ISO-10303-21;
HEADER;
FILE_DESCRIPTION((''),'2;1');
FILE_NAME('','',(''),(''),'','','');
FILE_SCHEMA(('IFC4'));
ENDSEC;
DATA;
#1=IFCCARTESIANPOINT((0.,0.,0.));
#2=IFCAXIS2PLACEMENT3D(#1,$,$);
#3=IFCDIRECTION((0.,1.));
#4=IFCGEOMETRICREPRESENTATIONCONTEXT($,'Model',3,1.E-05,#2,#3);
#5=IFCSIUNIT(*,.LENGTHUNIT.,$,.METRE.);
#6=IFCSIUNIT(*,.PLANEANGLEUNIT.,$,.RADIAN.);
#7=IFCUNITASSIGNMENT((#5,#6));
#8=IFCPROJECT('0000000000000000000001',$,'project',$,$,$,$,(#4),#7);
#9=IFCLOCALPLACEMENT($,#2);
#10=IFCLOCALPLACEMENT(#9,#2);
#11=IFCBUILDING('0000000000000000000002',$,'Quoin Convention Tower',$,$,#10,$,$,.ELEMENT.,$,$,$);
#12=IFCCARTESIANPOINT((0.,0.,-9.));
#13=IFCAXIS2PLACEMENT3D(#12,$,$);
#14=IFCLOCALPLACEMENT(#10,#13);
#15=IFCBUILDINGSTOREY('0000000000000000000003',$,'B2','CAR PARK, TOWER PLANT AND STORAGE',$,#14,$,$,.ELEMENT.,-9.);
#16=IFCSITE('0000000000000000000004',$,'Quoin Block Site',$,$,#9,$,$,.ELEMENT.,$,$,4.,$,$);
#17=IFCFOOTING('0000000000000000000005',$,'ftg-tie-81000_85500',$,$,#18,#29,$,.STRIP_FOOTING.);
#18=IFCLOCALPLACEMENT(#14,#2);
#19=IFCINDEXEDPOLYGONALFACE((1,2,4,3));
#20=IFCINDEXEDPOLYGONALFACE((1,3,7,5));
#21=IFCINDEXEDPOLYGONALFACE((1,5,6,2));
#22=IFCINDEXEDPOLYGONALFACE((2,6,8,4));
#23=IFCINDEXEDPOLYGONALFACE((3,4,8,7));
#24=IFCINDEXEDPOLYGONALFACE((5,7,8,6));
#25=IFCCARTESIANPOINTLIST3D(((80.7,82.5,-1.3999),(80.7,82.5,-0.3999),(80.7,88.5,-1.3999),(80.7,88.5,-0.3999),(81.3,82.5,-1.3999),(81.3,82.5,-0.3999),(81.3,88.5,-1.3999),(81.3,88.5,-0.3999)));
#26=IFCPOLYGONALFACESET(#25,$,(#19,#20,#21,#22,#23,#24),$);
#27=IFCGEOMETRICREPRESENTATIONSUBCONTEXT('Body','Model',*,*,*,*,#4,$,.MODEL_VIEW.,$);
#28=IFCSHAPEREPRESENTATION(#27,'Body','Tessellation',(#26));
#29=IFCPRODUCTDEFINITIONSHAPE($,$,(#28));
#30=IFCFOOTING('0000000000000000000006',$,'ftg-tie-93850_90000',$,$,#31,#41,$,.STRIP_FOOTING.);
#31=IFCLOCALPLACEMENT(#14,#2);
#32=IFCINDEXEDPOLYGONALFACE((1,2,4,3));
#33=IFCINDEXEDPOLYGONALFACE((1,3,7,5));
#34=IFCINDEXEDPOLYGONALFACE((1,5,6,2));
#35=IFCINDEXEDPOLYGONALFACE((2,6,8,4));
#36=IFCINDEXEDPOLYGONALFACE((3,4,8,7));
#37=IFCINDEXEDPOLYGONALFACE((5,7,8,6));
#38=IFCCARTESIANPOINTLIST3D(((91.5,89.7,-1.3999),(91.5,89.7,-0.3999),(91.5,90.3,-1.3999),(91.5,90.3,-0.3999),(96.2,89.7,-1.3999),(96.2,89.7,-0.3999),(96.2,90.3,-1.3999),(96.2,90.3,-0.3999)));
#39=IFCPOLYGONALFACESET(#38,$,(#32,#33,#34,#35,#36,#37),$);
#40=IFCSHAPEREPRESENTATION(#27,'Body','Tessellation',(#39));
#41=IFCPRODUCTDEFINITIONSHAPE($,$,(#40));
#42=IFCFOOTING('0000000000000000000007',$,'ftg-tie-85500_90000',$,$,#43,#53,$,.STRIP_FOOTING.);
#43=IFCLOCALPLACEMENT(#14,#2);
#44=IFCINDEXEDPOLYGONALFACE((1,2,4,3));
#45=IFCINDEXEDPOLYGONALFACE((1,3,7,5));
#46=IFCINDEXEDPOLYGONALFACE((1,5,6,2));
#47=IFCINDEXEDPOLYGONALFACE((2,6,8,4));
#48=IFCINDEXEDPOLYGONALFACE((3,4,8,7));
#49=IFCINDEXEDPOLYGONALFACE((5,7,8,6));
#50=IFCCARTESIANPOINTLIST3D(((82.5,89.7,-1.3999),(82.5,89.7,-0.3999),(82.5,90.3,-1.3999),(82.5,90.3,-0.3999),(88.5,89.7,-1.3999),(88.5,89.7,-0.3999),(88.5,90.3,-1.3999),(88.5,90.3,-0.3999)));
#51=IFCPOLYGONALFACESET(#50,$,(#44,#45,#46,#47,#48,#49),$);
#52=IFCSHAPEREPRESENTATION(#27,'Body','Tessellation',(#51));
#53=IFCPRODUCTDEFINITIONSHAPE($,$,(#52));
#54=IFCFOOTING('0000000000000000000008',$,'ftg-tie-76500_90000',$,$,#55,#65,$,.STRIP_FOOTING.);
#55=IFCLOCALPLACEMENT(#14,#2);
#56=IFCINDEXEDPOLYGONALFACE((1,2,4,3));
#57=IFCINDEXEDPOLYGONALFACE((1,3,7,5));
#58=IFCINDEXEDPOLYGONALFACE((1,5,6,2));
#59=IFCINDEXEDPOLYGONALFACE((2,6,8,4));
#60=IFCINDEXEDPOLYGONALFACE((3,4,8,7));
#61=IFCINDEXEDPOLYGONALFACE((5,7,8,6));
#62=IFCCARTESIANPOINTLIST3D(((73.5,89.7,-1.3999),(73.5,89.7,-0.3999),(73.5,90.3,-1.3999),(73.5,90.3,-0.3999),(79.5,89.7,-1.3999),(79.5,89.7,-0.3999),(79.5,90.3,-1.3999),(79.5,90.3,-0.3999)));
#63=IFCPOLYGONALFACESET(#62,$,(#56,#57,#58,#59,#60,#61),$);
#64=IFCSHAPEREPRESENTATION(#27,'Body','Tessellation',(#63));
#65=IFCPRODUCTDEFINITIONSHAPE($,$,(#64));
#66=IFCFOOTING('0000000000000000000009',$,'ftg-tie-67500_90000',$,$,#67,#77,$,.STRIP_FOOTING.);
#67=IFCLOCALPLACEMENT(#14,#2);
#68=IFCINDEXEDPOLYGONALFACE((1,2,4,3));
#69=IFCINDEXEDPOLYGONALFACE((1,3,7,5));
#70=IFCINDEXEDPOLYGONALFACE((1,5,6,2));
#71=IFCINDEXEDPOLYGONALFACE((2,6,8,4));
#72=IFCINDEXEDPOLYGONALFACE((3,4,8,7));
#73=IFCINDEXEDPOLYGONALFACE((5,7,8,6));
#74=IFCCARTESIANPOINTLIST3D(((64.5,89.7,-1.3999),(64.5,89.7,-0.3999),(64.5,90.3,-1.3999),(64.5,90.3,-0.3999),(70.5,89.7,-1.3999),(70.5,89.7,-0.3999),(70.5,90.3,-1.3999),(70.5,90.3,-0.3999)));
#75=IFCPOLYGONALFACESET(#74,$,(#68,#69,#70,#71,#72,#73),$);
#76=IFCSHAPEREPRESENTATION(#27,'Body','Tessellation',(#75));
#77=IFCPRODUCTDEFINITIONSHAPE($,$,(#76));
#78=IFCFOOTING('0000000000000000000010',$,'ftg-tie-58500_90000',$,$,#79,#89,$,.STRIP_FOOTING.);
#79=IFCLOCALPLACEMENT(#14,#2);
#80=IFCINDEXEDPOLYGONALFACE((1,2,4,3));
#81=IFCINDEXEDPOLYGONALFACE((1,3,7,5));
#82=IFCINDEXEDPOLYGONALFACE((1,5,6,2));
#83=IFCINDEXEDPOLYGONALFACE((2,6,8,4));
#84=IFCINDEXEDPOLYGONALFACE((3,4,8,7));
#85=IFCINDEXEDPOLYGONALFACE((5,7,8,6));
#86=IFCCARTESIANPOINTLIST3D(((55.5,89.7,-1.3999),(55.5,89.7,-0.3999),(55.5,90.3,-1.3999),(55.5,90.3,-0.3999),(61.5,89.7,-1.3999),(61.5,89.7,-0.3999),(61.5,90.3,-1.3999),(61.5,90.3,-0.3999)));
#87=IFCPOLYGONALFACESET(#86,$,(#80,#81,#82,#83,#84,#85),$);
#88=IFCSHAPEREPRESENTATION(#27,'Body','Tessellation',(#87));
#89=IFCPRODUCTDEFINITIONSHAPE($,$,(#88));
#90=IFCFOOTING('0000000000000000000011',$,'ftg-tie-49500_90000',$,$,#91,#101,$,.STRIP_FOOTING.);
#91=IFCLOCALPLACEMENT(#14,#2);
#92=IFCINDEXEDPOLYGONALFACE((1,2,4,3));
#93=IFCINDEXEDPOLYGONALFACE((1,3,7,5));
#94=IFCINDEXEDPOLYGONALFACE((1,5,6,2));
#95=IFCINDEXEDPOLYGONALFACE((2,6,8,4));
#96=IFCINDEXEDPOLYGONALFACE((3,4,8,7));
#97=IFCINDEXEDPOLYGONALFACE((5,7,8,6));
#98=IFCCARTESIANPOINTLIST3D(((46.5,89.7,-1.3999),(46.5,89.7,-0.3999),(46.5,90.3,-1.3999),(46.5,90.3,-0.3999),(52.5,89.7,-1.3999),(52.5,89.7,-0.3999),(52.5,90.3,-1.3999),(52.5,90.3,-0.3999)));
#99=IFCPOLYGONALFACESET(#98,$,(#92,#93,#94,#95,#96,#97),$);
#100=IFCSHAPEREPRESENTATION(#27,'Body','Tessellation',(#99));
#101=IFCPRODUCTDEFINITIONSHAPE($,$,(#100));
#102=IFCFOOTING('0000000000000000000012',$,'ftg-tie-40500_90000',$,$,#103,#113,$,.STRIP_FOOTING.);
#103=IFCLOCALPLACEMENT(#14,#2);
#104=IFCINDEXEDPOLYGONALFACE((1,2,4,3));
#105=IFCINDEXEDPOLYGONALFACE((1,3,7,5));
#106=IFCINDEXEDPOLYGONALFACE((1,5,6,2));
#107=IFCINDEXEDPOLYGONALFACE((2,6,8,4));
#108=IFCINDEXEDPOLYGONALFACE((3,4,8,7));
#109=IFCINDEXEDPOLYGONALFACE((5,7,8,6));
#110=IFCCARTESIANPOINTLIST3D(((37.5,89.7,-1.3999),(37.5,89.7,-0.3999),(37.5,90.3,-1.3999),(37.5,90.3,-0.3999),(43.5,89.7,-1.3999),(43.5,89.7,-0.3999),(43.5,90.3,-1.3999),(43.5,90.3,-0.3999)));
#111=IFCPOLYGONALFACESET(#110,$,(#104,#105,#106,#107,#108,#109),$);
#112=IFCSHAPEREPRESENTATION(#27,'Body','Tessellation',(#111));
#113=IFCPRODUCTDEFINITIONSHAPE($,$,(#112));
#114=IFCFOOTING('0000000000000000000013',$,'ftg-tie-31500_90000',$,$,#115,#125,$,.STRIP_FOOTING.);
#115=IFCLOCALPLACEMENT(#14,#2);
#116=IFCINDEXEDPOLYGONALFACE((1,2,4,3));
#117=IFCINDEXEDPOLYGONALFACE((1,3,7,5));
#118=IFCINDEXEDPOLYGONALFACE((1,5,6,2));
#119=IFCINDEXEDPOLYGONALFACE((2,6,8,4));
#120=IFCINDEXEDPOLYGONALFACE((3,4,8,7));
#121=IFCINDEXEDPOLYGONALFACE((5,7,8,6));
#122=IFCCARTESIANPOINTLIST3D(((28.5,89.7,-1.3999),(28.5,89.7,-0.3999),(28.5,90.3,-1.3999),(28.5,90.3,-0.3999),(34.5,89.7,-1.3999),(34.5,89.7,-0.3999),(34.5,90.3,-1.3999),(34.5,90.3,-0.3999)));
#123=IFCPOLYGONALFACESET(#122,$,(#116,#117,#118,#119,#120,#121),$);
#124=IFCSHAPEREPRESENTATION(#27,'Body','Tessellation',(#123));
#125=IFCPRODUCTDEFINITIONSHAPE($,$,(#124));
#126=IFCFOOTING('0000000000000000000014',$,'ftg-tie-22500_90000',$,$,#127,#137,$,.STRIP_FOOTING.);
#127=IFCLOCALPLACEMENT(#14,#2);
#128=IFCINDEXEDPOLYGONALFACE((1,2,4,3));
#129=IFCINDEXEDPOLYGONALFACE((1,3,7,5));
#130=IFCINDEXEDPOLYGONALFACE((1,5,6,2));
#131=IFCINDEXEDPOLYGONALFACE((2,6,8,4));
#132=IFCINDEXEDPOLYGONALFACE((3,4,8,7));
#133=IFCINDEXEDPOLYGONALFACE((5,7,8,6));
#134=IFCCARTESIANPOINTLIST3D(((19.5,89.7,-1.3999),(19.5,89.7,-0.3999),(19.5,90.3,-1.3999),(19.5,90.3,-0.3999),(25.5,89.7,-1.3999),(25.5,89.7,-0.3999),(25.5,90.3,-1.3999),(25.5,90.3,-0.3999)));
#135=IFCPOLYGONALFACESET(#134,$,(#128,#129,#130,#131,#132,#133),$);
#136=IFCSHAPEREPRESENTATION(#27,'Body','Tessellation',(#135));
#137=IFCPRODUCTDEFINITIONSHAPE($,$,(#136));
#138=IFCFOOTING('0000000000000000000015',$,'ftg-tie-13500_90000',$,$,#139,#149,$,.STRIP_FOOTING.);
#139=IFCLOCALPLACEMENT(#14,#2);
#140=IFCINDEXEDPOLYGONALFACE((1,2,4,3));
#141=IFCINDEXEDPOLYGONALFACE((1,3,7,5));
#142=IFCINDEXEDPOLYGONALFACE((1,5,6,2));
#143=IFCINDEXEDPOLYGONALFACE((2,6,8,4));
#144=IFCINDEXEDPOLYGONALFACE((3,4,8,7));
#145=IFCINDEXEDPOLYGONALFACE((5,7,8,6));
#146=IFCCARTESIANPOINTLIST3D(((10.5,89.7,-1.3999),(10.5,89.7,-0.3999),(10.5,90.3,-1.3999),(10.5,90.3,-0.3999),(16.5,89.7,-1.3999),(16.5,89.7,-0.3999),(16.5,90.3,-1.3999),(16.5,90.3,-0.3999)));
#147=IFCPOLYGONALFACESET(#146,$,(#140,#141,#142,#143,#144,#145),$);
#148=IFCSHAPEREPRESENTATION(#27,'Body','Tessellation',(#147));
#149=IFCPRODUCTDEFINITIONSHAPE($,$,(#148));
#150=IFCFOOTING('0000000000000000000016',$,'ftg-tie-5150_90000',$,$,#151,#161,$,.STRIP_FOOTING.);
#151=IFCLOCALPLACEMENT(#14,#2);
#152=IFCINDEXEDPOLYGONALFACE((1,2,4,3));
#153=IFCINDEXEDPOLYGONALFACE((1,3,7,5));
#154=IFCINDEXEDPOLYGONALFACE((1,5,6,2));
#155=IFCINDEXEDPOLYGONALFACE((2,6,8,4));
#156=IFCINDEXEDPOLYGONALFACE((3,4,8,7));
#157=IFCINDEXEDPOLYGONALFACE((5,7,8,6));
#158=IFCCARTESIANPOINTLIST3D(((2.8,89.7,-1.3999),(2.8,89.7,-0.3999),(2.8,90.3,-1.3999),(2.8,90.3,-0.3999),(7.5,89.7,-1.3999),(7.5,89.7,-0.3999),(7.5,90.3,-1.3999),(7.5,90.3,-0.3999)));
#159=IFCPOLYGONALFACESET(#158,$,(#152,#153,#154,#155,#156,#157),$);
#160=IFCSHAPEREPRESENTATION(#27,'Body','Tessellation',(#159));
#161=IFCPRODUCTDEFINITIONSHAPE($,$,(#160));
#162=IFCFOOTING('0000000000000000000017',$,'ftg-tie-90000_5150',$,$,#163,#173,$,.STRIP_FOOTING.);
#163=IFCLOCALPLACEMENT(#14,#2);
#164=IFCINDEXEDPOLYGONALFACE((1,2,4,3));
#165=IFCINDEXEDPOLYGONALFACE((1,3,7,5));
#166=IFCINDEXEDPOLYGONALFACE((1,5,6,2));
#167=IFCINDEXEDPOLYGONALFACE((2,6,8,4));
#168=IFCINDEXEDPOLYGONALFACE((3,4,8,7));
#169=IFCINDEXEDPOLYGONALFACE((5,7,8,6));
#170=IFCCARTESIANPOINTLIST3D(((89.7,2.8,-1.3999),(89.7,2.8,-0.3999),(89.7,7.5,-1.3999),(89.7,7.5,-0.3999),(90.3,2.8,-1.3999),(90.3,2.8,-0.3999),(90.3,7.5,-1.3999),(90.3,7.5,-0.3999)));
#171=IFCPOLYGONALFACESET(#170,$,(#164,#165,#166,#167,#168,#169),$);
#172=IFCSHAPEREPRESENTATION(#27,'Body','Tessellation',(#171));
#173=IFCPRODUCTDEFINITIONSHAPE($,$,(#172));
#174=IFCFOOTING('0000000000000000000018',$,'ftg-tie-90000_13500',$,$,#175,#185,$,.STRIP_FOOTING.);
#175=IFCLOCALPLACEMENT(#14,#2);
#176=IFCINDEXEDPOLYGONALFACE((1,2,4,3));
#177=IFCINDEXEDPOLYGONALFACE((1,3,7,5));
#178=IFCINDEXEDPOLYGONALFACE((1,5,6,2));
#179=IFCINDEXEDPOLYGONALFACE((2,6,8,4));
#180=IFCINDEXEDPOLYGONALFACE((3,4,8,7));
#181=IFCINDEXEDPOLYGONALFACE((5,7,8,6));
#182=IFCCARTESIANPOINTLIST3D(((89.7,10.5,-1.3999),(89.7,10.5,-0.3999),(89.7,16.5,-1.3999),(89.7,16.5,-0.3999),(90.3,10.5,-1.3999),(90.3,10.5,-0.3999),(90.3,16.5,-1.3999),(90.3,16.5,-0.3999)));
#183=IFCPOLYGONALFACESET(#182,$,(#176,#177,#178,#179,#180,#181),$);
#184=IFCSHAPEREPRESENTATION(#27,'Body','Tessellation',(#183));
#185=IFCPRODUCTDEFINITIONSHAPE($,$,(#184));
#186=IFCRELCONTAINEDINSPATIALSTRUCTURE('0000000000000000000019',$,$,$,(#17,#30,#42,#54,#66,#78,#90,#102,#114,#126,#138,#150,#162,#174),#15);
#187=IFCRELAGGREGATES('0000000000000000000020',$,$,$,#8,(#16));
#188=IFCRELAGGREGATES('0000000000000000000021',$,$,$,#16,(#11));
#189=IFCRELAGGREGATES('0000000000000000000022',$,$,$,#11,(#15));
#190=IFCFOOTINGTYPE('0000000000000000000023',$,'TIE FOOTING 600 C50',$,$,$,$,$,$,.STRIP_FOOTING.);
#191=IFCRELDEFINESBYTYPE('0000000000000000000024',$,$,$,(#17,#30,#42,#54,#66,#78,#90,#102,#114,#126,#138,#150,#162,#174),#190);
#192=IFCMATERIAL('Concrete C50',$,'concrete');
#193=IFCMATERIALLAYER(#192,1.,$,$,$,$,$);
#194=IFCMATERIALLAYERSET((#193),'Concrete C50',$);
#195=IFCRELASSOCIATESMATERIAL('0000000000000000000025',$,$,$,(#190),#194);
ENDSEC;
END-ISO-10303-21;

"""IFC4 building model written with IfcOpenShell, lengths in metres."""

from ifc_helpers import new_model, si_unit, direction, frame, origin, place, context, subcontext, project, spatial, polyline, outline, extrude, material, layer, layer_set, type_object, element, save


model = new_model("IFC4")

# Units and contexts
model_context = context("Model", 3, precision=1e-05, world=origin(), true_north=direction((0.0, 1.0)))
body_context = subcontext(model_context, "Body", "Model", "MODEL_VIEW")
ifc_project = project(units=[si_unit("LENGTHUNIT", "METRE"), si_unit("PLANEANGLEUNIT", "RADIAN")], contexts=[model_context])

# Site, building, storey
site_placement = place(None, origin())
site = spatial("IfcSite", under=ifc_project, at=site_placement, Name="Quoin Block Site", CompositionType="ELEMENT", RefElevation=4.0)
building_placement = place(site_placement, origin())
building = spatial("IfcBuilding", under=site, at=building_placement, Name="Quoin Convention Tower", CompositionType="ELEMENT")
storey_placement = place(building_placement, frame((0.0, 0.0, -9.0)))
storey = spatial("IfcBuildingStorey", under=building, at=storey_placement, Name="B2", Description="CAR PARK, TOWER PLANT AND STORAGE", CompositionType="ELEMENT", Elevation=-9.0)

# Footings
ifc_material = material(Name="Concrete C50", Category="concrete")
ifc_layer = layer(ifc_material, 1.0)
ifc_layer_set = layer_set([ifc_layer], Name="Concrete C50")
footing_type = type_object("IfcFootingType", Name="TIE FOOTING 600 C50", PredefinedType="STRIP_FOOTING", material=ifc_layer_set)
footing_1_placement = place(storey_placement, frame((0.0, 0.0, -1.3999)))
element("IfcFooting", 1, at=footing_1_placement, inside=storey, type_object=footing_type, Name="ftg-tie-81000_85500", PredefinedType="STRIP_FOOTING", context=body_context, shape_type="SweptSolid", body=[
    extrude(outline(polyline([(81.3, 82.5), (80.7, 82.5), (80.7, 88.5), (81.3, 88.5), (81.3, 82.5)])), origin(), (0.0, 0.0, 1.0), 1.0),
])
footing_2_placement = place(storey_placement, frame((0.0, 0.0, -1.3999)))
element("IfcFooting", 2, at=footing_2_placement, inside=storey, type_object=footing_type, Name="ftg-tie-93850_90000", PredefinedType="STRIP_FOOTING", context=body_context, shape_type="SweptSolid", body=[
    extrude(outline(polyline([(96.2, 89.7), (91.5, 89.7), (91.5, 90.3), (96.2, 90.3), (96.2, 89.7)])), origin(), (0.0, 0.0, 1.0), 1.0),
])
footing_3_placement = place(storey_placement, frame((0.0, 0.0, -1.3999)))
element("IfcFooting", 3, at=footing_3_placement, inside=storey, type_object=footing_type, Name="ftg-tie-85500_90000", PredefinedType="STRIP_FOOTING", context=body_context, shape_type="SweptSolid", body=[
    extrude(outline(polyline([(88.5, 89.7), (82.5, 89.7), (82.5, 90.3), (88.5, 90.3), (88.5, 89.7)])), origin(), (0.0, 0.0, 1.0), 1.0),
])
footing_4_placement = place(storey_placement, frame((0.0, 0.0, -1.3999)))
element("IfcFooting", 4, at=footing_4_placement, inside=storey, type_object=footing_type, Name="ftg-tie-76500_90000", PredefinedType="STRIP_FOOTING", context=body_context, shape_type="SweptSolid", body=[
    extrude(outline(polyline([(79.5, 89.7), (73.5, 89.7), (73.5, 90.3), (79.5, 90.3), (79.5, 89.7)])), origin(), (0.0, 0.0, 1.0), 1.0),
])
footing_5_placement = place(storey_placement, frame((0.0, 0.0, -1.3999)))
element("IfcFooting", 5, at=footing_5_placement, inside=storey, type_object=footing_type, Name="ftg-tie-67500_90000", PredefinedType="STRIP_FOOTING", context=body_context, shape_type="SweptSolid", body=[
    extrude(outline(polyline([(70.5, 89.7), (64.5, 89.7), (64.5, 90.3), (70.5, 90.3), (70.5, 89.7)])), origin(), (0.0, 0.0, 1.0), 1.0),
])
footing_6_placement = place(storey_placement, frame((0.0, 0.0, -1.3999)))
element("IfcFooting", 6, at=footing_6_placement, inside=storey, type_object=footing_type, Name="ftg-tie-58500_90000", PredefinedType="STRIP_FOOTING", context=body_context, shape_type="SweptSolid", body=[
    extrude(outline(polyline([(61.5, 89.7), (55.5, 89.7), (55.5, 90.3), (61.5, 90.3), (61.5, 89.7)])), origin(), (0.0, 0.0, 1.0), 1.0),
])
footing_7_placement = place(storey_placement, frame((0.0, 0.0, -1.3999)))
element("IfcFooting", 7, at=footing_7_placement, inside=storey, type_object=footing_type, Name="ftg-tie-49500_90000", PredefinedType="STRIP_FOOTING", context=body_context, shape_type="SweptSolid", body=[
    extrude(outline(polyline([(52.5, 89.7), (46.5, 89.7), (46.5, 90.3), (52.5, 90.3), (52.5, 89.7)])), origin(), (0.0, 0.0, 1.0), 1.0),
])
footing_8_placement = place(storey_placement, frame((0.0, 0.0, -1.3999)))
element("IfcFooting", 8, at=footing_8_placement, inside=storey, type_object=footing_type, Name="ftg-tie-40500_90000", PredefinedType="STRIP_FOOTING", context=body_context, shape_type="SweptSolid", body=[
    extrude(outline(polyline([(43.5, 89.7), (37.5, 89.7), (37.5, 90.3), (43.5, 90.3), (43.5, 89.7)])), origin(), (0.0, 0.0, 1.0), 1.0),
])
footing_9_placement = place(storey_placement, frame((0.0, 0.0, -1.3999)))
element("IfcFooting", 9, at=footing_9_placement, inside=storey, type_object=footing_type, Name="ftg-tie-31500_90000", PredefinedType="STRIP_FOOTING", context=body_context, shape_type="SweptSolid", body=[
    extrude(outline(polyline([(34.5, 89.7), (28.5, 89.7), (28.5, 90.3), (34.5, 90.3), (34.5, 89.7)])), origin(), (0.0, 0.0, 1.0), 1.0),
])
footing_10_placement = place(storey_placement, frame((0.0, 0.0, -1.3999)))
element("IfcFooting", 10, at=footing_10_placement, inside=storey, type_object=footing_type, Name="ftg-tie-22500_90000", PredefinedType="STRIP_FOOTING", context=body_context, shape_type="SweptSolid", body=[
    extrude(outline(polyline([(25.5, 89.7), (19.5, 89.7), (19.5, 90.3), (25.5, 90.3), (25.5, 89.7)])), origin(), (0.0, 0.0, 1.0), 1.0),
])
footing_11_placement = place(storey_placement, frame((0.0, 0.0, -1.3999)))
element("IfcFooting", 11, at=footing_11_placement, inside=storey, type_object=footing_type, Name="ftg-tie-13500_90000", PredefinedType="STRIP_FOOTING", context=body_context, shape_type="SweptSolid", body=[
    extrude(outline(polyline([(16.5, 89.7), (10.5, 89.7), (10.5, 90.3), (16.5, 90.3), (16.5, 89.7)])), origin(), (0.0, 0.0, 1.0), 1.0),
])
footing_12_placement = place(storey_placement, frame((0.0, 0.0, -1.3999)))
element("IfcFooting", 12, at=footing_12_placement, inside=storey, type_object=footing_type, Name="ftg-tie-5150_90000", PredefinedType="STRIP_FOOTING", context=body_context, shape_type="SweptSolid", body=[
    extrude(outline(polyline([(7.5, 89.7), (2.8, 89.7), (2.8, 90.3), (7.5, 90.3), (7.5, 89.7)])), origin(), (0.0, 0.0, 1.0), 1.0),
])
footing_13_placement = place(storey_placement, frame((0.0, 0.0, -1.3999)))
element("IfcFooting", 13, at=footing_13_placement, inside=storey, type_object=footing_type, Name="ftg-tie-90000_5150", PredefinedType="STRIP_FOOTING", context=body_context, shape_type="SweptSolid", body=[
    extrude(outline(polyline([(90.3, 2.8), (89.7, 2.8), (89.7, 7.5), (90.3, 7.5), (90.3, 2.8)])), origin(), (0.0, 0.0, 1.0), 1.0),
])
footing_14_placement = place(storey_placement, frame((0.0, 0.0, -1.3999)))
element("IfcFooting", 14, at=footing_14_placement, inside=storey, type_object=footing_type, Name="ftg-tie-90000_13500", PredefinedType="STRIP_FOOTING", context=body_context, shape_type="SweptSolid", body=[
    extrude(outline(polyline([(90.3, 10.5), (89.7, 10.5), (89.7, 16.5), (90.3, 16.5), (90.3, 10.5)])), origin(), (0.0, 0.0, 1.0), 1.0),
])

save(model, "model.ifc")
